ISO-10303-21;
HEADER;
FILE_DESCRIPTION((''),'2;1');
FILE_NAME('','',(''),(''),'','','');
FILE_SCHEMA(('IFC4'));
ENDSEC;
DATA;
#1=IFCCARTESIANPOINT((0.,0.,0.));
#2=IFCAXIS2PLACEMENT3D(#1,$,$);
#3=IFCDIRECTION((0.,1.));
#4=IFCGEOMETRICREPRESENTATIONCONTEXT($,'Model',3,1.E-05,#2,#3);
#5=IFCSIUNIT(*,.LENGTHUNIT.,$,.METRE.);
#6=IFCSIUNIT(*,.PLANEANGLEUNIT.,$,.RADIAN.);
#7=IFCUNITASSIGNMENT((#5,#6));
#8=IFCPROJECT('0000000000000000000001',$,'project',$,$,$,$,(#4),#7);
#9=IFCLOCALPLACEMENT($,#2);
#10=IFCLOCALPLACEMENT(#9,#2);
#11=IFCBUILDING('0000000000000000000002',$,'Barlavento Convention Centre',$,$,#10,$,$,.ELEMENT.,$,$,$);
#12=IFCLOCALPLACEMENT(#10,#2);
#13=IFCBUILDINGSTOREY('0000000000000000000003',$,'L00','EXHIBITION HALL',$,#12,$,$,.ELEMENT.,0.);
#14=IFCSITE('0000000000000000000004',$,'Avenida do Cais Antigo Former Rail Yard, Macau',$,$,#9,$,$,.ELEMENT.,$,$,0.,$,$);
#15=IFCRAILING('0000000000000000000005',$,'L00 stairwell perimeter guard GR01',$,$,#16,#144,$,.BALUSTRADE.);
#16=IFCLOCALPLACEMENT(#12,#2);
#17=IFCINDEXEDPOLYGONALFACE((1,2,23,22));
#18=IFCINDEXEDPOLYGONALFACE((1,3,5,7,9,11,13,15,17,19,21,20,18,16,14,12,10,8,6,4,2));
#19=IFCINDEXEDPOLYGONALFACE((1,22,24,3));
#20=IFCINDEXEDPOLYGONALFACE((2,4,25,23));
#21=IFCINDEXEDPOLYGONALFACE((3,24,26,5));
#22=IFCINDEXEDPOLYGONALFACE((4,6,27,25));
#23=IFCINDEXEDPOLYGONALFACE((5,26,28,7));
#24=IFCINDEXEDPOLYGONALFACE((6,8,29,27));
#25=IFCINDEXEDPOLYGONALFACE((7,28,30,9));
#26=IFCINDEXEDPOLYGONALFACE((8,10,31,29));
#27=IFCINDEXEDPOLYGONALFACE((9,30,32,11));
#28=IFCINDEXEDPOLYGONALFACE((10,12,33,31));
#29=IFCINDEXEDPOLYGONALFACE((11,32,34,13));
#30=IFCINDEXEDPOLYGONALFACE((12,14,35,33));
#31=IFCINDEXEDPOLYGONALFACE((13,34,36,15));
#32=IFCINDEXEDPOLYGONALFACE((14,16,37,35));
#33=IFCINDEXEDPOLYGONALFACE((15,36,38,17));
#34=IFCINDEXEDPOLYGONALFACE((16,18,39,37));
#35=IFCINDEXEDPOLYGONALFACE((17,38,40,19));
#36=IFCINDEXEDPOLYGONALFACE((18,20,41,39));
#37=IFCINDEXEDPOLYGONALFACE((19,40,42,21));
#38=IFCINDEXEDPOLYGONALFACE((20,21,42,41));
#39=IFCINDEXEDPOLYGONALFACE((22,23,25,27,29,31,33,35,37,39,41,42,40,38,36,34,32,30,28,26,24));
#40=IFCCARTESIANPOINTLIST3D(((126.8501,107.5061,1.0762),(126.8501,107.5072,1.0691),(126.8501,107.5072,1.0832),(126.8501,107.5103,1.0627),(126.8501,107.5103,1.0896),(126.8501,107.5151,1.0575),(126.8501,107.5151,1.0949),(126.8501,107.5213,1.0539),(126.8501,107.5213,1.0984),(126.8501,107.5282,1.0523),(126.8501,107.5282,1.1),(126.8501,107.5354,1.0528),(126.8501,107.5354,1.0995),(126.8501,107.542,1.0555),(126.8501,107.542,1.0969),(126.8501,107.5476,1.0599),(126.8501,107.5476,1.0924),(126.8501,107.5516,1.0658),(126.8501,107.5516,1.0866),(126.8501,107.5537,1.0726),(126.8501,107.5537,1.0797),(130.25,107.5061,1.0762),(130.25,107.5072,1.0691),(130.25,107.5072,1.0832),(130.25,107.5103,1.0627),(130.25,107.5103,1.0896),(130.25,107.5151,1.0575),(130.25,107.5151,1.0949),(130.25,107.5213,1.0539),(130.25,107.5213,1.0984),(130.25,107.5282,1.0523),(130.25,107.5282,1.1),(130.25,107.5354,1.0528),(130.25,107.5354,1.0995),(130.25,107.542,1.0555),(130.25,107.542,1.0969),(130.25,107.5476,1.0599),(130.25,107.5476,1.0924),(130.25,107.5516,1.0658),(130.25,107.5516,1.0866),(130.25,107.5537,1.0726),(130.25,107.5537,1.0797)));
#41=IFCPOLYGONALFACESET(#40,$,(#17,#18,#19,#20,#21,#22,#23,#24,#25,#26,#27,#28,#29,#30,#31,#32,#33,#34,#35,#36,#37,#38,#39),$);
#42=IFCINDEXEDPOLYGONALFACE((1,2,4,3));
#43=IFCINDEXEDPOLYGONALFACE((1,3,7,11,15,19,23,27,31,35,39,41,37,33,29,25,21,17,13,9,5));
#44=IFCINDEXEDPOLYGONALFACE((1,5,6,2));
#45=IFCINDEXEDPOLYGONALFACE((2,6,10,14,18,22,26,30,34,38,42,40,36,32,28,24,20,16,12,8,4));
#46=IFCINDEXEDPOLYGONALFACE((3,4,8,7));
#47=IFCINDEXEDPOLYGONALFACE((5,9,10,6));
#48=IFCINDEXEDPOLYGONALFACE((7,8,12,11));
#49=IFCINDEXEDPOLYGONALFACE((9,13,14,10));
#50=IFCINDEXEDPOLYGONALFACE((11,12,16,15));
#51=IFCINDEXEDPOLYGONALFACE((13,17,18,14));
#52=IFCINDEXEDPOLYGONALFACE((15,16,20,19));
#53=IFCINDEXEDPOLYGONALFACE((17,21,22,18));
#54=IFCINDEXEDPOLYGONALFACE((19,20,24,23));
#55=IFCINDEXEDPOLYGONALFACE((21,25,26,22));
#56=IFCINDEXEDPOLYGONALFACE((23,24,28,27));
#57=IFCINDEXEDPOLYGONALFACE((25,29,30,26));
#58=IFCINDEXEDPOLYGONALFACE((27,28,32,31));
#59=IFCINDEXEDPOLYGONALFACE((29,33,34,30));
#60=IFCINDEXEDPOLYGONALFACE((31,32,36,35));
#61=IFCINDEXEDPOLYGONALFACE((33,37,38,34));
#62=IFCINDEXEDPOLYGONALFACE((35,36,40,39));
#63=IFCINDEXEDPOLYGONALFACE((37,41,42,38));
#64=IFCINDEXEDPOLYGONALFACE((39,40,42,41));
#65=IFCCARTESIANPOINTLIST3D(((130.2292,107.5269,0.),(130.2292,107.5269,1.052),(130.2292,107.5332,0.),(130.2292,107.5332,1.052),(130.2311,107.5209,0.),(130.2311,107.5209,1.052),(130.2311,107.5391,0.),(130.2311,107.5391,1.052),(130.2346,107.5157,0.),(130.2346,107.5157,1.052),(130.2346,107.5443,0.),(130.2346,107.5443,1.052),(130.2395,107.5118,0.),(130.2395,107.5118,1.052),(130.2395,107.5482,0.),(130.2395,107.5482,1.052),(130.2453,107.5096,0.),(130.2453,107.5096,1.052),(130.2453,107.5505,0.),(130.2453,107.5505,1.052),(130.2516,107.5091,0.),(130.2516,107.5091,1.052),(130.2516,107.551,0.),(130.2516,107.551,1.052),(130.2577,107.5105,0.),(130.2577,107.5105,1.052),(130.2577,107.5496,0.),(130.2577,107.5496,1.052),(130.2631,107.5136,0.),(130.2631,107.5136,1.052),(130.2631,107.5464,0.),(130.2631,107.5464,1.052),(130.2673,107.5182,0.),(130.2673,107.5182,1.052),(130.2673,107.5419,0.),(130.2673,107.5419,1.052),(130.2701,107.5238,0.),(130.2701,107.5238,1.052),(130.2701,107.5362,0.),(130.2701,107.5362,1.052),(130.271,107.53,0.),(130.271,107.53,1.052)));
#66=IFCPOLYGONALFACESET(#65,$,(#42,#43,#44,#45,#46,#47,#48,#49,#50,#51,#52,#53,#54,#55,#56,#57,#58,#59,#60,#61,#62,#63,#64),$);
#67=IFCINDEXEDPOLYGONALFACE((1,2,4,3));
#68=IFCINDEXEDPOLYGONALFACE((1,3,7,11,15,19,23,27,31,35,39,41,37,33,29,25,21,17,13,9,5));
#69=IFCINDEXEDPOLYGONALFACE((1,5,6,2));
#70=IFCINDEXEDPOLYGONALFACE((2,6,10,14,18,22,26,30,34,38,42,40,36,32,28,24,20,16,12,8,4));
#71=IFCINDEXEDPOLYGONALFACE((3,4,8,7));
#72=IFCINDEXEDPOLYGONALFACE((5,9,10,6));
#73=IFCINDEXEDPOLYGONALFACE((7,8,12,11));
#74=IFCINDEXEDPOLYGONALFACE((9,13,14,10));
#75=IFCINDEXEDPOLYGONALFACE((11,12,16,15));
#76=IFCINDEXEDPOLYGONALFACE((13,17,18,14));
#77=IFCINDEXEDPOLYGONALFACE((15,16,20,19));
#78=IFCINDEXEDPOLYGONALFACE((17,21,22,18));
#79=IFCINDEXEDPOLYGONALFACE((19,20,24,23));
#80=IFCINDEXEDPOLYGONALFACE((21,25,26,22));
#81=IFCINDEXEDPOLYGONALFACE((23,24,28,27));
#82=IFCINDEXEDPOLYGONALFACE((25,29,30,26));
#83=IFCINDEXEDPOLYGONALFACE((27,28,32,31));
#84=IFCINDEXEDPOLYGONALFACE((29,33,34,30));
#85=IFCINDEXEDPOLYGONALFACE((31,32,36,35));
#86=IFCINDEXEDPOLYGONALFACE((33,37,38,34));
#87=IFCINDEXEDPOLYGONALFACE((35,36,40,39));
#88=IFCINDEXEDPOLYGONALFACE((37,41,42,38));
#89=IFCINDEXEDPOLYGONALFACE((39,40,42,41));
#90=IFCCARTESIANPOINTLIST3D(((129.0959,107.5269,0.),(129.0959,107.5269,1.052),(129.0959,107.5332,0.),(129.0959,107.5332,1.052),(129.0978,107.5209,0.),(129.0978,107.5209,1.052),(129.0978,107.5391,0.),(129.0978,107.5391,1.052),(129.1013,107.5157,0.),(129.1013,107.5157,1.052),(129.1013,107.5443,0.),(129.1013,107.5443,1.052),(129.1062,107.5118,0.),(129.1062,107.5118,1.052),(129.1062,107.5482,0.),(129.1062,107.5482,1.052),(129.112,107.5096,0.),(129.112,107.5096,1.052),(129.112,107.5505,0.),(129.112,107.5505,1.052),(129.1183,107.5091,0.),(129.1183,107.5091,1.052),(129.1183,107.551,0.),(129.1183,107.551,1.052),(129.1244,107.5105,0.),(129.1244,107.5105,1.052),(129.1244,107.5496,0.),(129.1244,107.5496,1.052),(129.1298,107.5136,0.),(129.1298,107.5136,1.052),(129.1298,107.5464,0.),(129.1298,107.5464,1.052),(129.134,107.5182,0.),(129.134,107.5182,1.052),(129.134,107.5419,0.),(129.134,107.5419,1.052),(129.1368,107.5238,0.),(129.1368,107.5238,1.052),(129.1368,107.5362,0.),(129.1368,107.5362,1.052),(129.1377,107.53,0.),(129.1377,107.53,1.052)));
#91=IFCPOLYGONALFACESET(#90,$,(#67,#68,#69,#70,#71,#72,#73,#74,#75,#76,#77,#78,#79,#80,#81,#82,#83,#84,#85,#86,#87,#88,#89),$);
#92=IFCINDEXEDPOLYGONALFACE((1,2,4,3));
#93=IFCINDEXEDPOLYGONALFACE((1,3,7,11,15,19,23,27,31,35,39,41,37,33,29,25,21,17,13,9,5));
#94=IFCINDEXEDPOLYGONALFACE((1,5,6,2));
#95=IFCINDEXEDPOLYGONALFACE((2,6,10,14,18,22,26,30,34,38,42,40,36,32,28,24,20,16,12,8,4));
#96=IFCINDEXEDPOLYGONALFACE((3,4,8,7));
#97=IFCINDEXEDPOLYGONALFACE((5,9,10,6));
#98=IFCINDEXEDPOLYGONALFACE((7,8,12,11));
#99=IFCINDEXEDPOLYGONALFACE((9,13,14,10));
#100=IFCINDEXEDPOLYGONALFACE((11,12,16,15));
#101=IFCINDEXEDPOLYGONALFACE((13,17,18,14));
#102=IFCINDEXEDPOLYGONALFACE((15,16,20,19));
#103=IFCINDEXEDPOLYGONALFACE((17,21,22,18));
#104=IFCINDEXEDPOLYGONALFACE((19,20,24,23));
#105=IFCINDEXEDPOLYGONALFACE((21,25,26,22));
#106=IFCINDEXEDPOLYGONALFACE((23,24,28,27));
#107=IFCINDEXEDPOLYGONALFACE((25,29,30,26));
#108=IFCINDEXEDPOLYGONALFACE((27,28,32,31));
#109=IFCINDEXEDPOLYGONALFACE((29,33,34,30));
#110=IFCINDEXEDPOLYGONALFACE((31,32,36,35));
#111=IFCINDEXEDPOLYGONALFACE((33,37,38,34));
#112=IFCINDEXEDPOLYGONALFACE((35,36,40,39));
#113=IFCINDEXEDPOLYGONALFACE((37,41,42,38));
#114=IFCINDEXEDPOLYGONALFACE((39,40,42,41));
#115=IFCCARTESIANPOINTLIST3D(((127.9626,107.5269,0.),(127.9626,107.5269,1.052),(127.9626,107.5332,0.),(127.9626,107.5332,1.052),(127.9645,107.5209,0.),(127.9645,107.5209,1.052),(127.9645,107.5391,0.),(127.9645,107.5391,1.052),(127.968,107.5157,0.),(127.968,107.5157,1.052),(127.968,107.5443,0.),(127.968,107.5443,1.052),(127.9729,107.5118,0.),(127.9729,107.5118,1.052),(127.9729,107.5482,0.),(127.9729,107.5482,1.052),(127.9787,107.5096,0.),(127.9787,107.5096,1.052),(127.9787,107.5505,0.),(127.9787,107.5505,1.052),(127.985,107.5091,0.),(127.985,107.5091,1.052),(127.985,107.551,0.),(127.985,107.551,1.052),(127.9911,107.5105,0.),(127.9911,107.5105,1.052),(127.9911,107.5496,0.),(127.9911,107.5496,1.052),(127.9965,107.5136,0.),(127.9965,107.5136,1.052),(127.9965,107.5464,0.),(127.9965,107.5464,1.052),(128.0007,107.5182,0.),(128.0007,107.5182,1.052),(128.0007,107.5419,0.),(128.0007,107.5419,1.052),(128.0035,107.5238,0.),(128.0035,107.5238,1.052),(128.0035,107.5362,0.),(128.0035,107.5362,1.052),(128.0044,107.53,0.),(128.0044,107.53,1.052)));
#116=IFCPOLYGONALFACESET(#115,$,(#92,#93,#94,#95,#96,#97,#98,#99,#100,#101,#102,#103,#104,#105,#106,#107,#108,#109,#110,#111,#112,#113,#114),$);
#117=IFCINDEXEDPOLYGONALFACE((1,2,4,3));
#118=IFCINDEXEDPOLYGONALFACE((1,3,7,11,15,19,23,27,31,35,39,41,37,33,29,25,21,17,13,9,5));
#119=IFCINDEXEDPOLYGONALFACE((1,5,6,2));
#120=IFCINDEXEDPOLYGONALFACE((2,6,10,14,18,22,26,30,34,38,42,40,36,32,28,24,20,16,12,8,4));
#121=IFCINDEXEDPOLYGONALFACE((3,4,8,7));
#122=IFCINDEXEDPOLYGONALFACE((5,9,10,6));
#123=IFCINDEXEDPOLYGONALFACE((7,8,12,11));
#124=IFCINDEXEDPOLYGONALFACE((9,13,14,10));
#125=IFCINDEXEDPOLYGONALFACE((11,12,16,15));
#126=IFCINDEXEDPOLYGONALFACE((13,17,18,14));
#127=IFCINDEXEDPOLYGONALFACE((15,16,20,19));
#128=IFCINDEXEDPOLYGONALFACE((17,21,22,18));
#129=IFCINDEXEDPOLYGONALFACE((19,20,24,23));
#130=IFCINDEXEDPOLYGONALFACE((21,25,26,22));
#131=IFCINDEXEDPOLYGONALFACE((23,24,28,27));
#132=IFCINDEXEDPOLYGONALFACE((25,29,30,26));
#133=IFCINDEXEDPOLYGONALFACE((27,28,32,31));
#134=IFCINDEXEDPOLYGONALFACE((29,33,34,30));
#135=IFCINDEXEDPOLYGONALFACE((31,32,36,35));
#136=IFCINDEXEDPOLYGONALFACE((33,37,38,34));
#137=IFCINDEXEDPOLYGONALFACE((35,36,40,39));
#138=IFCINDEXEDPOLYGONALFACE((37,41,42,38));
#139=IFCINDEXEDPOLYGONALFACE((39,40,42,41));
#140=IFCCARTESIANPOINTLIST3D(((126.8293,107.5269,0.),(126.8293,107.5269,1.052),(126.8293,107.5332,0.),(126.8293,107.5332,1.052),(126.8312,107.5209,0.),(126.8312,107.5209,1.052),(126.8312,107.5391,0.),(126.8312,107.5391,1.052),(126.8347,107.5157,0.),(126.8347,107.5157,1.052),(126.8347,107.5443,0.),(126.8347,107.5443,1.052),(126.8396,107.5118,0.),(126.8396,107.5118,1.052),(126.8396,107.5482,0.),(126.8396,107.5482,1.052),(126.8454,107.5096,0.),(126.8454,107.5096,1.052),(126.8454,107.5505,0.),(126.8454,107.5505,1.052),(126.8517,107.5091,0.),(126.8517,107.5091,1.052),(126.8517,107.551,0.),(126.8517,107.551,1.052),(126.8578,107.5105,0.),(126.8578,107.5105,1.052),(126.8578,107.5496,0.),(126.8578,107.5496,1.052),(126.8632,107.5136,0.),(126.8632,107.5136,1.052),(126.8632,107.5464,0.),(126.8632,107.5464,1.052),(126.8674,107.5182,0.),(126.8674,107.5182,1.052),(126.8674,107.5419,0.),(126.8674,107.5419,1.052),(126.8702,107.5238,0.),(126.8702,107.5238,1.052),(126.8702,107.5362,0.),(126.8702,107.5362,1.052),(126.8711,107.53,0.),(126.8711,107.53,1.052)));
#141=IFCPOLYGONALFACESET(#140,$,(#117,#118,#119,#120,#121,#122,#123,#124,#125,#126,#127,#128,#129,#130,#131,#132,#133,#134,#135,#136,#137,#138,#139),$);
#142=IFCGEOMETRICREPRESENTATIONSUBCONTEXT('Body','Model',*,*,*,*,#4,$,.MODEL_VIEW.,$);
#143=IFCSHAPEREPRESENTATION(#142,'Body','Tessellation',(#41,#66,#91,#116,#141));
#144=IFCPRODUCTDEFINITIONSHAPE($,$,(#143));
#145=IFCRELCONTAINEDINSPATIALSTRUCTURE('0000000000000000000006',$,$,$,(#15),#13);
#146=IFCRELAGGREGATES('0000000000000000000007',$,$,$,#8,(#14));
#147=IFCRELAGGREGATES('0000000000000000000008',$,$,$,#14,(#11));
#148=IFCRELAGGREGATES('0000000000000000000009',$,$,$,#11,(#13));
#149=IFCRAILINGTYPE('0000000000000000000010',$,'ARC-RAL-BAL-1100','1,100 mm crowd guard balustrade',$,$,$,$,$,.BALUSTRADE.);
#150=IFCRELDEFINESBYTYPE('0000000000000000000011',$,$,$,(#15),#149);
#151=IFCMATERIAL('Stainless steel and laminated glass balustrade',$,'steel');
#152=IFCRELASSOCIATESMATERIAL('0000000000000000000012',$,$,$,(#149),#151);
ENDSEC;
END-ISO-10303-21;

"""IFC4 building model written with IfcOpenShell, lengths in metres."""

from ifc_helpers import new_model, si_unit, direction, frame, origin, origin_2d, place, context, subcontext, project, spatial, circle, extrude, material, type_object, element, save


model = new_model("IFC4")

# Units and contexts
model_context = context("Model", 3, precision=1e-05, world=origin(), true_north=direction((0.0, 1.0)))
body_context = subcontext(model_context, "Body", "Model", "MODEL_VIEW")
ifc_project = project(units=[si_unit("LENGTHUNIT", "METRE"), si_unit("PLANEANGLEUNIT", "RADIAN")], contexts=[model_context])

# Site, building, storey
site_placement = place(None, origin())
site = spatial("IfcSite", under=ifc_project, at=site_placement, Name="Avenida do Cais Antigo Former Rail Yard, Macau", CompositionType="ELEMENT", RefElevation=0.0)
building_placement = place(site_placement, origin())
building = spatial("IfcBuilding", under=site, at=building_placement, Name="Barlavento Convention Centre", CompositionType="ELEMENT")
storey_placement = place(building_placement, origin())
storey = spatial("IfcBuildingStorey", under=building, at=storey_placement, Name="L00", Description="EXHIBITION HALL", CompositionType="ELEMENT", Elevation=0.0)

# Railing
ifc_material_1 = material(Name="Stainless steel and laminated glass balustrade", Category="steel")
railing_type = type_object("IfcRailingType", Name="ARC-RAL-BAL-1100", Description="1,100 mm crowd guard balustrade", PredefinedType="BALUSTRADE", material=ifc_material_1)
for number, where, name in (
    (1, (130.25, 107.53, 0.0), "L00 stairwell perimeter guard GR01"),
):
    element("IfcRailing", number, at=place(storey_placement, frame(where)), inside=storey, type_object=railing_type, Name=name, PredefinedType="BALUSTRADE", context=body_context, shape_type="SweptSolid", body=[
        extrude(circle(Radius=0.0239, at=origin_2d()), frame((0.0, 0.0, 1.0762), z_axis=(-1.0, 0.0, 0.0), x_axis=(0.0, -1.0, 0.0)), (0.0, 0.0, 1.0), 3.3999),
        extrude(circle(Radius=0.021, at=origin_2d()), origin(), (0.0, 0.0, 1.0), 1.052),
        extrude(circle(Radius=0.021, at=origin_2d()), frame((-1.1333, 0.0, 0.0)), (0.0, 0.0, 1.0), 1.052),
        extrude(circle(Radius=0.021, at=origin_2d()), frame((-2.2666, 0.0, 0.0)), (0.0, 0.0, 1.0), 1.052),
        extrude(circle(Radius=0.021, at=origin_2d()), frame((-3.3999, 0.0, 0.0)), (0.0, 0.0, 1.0), 1.052),
    ])

save(model, "model.ifc")
